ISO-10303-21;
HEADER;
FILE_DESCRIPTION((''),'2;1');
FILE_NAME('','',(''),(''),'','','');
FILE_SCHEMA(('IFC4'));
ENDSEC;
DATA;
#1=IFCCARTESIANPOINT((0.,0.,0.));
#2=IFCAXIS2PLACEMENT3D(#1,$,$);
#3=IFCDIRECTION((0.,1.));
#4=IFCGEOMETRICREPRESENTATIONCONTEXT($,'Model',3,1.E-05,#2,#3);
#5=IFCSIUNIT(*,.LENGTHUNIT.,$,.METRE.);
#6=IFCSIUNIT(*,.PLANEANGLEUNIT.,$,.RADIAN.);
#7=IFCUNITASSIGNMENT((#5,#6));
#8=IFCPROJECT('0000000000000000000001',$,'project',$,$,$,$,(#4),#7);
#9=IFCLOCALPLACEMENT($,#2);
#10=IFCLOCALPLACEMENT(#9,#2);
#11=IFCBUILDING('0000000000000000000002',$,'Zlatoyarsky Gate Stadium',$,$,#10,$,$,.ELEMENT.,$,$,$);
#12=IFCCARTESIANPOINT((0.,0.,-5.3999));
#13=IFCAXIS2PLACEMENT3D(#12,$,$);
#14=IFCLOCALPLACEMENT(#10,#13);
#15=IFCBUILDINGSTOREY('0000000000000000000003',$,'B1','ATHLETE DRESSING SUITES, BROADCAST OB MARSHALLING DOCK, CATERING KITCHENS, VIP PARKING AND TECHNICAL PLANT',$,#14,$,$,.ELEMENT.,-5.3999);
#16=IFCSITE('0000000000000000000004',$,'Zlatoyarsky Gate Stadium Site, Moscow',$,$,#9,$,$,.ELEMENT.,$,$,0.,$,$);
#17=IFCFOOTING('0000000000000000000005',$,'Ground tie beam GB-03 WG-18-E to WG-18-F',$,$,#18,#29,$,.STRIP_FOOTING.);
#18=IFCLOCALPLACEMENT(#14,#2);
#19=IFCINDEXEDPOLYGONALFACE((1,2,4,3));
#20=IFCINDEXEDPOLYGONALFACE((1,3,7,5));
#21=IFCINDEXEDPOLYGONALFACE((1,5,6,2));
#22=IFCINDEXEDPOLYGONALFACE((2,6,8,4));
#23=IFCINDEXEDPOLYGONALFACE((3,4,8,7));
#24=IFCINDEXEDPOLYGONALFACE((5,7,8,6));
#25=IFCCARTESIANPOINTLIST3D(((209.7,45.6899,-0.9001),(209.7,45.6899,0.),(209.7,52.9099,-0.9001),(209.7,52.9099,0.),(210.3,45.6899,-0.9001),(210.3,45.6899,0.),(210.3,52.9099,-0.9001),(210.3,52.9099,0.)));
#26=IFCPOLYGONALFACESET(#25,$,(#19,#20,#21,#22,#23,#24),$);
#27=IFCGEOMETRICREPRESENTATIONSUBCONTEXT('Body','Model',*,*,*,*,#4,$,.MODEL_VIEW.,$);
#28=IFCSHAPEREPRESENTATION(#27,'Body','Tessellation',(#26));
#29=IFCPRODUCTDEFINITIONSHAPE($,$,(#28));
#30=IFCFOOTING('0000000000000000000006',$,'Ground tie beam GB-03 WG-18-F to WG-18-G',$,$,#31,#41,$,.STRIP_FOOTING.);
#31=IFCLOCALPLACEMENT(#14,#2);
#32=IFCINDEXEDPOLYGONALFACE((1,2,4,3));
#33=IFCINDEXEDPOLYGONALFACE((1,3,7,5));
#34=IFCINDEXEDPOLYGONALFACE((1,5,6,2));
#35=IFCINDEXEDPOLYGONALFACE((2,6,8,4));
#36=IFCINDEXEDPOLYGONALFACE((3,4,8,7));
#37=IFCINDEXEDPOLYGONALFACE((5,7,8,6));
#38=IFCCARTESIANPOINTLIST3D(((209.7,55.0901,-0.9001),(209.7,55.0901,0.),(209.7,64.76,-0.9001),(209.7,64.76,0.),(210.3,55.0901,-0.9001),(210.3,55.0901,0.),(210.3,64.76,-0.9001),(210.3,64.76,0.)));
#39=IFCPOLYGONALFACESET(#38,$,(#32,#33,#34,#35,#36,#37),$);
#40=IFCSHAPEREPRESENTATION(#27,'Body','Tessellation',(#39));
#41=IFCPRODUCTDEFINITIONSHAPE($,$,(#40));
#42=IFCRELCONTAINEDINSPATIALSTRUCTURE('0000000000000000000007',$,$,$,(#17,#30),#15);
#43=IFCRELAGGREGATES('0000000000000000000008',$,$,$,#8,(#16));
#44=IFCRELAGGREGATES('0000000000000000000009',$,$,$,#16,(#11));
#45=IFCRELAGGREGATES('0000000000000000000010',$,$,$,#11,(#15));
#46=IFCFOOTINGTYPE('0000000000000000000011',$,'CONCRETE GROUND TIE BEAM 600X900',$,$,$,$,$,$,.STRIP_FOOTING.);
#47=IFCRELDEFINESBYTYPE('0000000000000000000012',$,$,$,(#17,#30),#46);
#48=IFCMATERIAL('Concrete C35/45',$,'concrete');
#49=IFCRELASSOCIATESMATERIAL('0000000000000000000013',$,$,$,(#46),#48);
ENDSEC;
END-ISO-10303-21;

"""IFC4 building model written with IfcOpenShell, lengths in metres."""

from ifc_helpers import new_model, si_unit, direction, frame, origin, origin_2d, place, context, subcontext, project, spatial, polyline, rectangle, outline, extrude, material, material_profile, profile_set, type_object, element, save


model = new_model("IFC4")

# Units and contexts
model_context = context("Model", 3, precision=1e-05, world=origin(), true_north=direction((0.0, 1.0)))
body_context = subcontext(model_context, "Body", "Model", "MODEL_VIEW")
ifc_project = project(units=[si_unit("LENGTHUNIT", "METRE"), si_unit("PLANEANGLEUNIT", "RADIAN")], contexts=[model_context])

# Site, building, storey
site_placement = place(None, origin())
site = spatial("IfcSite", under=ifc_project, at=site_placement, Name="Zlatoyarsky Gate Stadium Site, Moscow", CompositionType="ELEMENT", RefElevation=0.0)
building_placement = place(site_placement, origin())
building = spatial("IfcBuilding", under=site, at=building_placement, Name="Zlatoyarsky Gate Stadium", CompositionType="ELEMENT")
storey_placement = place(building_placement, frame((0.0, 0.0, -5.3999)))
storey = spatial("IfcBuildingStorey", under=building, at=storey_placement, Name="B1", Description="ATHLETE DRESSING SUITES, BROADCAST OB MARSHALLING DOCK, CATERING KITCHENS, VIP PARKING AND TECHNICAL PLANT", CompositionType="ELEMENT", Elevation=-5.3999)

# Footings
ifc_material = material(Name="Concrete C35/45", Category="concrete")
ifc_material_profile = material_profile(ifc_material, rectangle(XDim=0.6001, YDim=0.8999, at=origin_2d()), Name="GB 600X900")
ifc_profile_set = profile_set([ifc_material_profile], Name="Concrete C35/45")
footing_type = type_object("IfcFootingType", Name="CONCRETE GROUND TIE BEAM 600X900", PredefinedType="STRIP_FOOTING", material=ifc_profile_set)
footing_1_placement = place(storey_placement, frame((0.0, 0.0, -0.9001)))
element("IfcFooting", 1, at=footing_1_placement, inside=storey, type_object=footing_type, Name="Ground tie beam GB-03 WG-18-E to WG-18-F", PredefinedType="STRIP_FOOTING", context=body_context, shape_type="SweptSolid", body=[
    extrude(outline(polyline([(210.3, 45.6899), (210.3, 52.9099), (209.7, 52.9099), (209.7, 45.6899), (210.3, 45.6899)])), origin(), (0.0, 0.0, 1.0), 0.9001),
])
footing_2_placement = place(storey_placement, frame((0.0, 0.0, -0.9001)))
element("IfcFooting", 2, at=footing_2_placement, inside=storey, type_object=footing_type, Name="Ground tie beam GB-03 WG-18-F to WG-18-G", PredefinedType="STRIP_FOOTING", context=body_context, shape_type="SweptSolid", body=[
    extrude(outline(polyline([(210.3, 55.0901), (210.3, 64.76), (209.7, 64.76), (209.7, 55.0901), (210.3, 55.0901)])), origin(), (0.0, 0.0, 1.0), 0.9001),
])

save(model, "model.ifc")
